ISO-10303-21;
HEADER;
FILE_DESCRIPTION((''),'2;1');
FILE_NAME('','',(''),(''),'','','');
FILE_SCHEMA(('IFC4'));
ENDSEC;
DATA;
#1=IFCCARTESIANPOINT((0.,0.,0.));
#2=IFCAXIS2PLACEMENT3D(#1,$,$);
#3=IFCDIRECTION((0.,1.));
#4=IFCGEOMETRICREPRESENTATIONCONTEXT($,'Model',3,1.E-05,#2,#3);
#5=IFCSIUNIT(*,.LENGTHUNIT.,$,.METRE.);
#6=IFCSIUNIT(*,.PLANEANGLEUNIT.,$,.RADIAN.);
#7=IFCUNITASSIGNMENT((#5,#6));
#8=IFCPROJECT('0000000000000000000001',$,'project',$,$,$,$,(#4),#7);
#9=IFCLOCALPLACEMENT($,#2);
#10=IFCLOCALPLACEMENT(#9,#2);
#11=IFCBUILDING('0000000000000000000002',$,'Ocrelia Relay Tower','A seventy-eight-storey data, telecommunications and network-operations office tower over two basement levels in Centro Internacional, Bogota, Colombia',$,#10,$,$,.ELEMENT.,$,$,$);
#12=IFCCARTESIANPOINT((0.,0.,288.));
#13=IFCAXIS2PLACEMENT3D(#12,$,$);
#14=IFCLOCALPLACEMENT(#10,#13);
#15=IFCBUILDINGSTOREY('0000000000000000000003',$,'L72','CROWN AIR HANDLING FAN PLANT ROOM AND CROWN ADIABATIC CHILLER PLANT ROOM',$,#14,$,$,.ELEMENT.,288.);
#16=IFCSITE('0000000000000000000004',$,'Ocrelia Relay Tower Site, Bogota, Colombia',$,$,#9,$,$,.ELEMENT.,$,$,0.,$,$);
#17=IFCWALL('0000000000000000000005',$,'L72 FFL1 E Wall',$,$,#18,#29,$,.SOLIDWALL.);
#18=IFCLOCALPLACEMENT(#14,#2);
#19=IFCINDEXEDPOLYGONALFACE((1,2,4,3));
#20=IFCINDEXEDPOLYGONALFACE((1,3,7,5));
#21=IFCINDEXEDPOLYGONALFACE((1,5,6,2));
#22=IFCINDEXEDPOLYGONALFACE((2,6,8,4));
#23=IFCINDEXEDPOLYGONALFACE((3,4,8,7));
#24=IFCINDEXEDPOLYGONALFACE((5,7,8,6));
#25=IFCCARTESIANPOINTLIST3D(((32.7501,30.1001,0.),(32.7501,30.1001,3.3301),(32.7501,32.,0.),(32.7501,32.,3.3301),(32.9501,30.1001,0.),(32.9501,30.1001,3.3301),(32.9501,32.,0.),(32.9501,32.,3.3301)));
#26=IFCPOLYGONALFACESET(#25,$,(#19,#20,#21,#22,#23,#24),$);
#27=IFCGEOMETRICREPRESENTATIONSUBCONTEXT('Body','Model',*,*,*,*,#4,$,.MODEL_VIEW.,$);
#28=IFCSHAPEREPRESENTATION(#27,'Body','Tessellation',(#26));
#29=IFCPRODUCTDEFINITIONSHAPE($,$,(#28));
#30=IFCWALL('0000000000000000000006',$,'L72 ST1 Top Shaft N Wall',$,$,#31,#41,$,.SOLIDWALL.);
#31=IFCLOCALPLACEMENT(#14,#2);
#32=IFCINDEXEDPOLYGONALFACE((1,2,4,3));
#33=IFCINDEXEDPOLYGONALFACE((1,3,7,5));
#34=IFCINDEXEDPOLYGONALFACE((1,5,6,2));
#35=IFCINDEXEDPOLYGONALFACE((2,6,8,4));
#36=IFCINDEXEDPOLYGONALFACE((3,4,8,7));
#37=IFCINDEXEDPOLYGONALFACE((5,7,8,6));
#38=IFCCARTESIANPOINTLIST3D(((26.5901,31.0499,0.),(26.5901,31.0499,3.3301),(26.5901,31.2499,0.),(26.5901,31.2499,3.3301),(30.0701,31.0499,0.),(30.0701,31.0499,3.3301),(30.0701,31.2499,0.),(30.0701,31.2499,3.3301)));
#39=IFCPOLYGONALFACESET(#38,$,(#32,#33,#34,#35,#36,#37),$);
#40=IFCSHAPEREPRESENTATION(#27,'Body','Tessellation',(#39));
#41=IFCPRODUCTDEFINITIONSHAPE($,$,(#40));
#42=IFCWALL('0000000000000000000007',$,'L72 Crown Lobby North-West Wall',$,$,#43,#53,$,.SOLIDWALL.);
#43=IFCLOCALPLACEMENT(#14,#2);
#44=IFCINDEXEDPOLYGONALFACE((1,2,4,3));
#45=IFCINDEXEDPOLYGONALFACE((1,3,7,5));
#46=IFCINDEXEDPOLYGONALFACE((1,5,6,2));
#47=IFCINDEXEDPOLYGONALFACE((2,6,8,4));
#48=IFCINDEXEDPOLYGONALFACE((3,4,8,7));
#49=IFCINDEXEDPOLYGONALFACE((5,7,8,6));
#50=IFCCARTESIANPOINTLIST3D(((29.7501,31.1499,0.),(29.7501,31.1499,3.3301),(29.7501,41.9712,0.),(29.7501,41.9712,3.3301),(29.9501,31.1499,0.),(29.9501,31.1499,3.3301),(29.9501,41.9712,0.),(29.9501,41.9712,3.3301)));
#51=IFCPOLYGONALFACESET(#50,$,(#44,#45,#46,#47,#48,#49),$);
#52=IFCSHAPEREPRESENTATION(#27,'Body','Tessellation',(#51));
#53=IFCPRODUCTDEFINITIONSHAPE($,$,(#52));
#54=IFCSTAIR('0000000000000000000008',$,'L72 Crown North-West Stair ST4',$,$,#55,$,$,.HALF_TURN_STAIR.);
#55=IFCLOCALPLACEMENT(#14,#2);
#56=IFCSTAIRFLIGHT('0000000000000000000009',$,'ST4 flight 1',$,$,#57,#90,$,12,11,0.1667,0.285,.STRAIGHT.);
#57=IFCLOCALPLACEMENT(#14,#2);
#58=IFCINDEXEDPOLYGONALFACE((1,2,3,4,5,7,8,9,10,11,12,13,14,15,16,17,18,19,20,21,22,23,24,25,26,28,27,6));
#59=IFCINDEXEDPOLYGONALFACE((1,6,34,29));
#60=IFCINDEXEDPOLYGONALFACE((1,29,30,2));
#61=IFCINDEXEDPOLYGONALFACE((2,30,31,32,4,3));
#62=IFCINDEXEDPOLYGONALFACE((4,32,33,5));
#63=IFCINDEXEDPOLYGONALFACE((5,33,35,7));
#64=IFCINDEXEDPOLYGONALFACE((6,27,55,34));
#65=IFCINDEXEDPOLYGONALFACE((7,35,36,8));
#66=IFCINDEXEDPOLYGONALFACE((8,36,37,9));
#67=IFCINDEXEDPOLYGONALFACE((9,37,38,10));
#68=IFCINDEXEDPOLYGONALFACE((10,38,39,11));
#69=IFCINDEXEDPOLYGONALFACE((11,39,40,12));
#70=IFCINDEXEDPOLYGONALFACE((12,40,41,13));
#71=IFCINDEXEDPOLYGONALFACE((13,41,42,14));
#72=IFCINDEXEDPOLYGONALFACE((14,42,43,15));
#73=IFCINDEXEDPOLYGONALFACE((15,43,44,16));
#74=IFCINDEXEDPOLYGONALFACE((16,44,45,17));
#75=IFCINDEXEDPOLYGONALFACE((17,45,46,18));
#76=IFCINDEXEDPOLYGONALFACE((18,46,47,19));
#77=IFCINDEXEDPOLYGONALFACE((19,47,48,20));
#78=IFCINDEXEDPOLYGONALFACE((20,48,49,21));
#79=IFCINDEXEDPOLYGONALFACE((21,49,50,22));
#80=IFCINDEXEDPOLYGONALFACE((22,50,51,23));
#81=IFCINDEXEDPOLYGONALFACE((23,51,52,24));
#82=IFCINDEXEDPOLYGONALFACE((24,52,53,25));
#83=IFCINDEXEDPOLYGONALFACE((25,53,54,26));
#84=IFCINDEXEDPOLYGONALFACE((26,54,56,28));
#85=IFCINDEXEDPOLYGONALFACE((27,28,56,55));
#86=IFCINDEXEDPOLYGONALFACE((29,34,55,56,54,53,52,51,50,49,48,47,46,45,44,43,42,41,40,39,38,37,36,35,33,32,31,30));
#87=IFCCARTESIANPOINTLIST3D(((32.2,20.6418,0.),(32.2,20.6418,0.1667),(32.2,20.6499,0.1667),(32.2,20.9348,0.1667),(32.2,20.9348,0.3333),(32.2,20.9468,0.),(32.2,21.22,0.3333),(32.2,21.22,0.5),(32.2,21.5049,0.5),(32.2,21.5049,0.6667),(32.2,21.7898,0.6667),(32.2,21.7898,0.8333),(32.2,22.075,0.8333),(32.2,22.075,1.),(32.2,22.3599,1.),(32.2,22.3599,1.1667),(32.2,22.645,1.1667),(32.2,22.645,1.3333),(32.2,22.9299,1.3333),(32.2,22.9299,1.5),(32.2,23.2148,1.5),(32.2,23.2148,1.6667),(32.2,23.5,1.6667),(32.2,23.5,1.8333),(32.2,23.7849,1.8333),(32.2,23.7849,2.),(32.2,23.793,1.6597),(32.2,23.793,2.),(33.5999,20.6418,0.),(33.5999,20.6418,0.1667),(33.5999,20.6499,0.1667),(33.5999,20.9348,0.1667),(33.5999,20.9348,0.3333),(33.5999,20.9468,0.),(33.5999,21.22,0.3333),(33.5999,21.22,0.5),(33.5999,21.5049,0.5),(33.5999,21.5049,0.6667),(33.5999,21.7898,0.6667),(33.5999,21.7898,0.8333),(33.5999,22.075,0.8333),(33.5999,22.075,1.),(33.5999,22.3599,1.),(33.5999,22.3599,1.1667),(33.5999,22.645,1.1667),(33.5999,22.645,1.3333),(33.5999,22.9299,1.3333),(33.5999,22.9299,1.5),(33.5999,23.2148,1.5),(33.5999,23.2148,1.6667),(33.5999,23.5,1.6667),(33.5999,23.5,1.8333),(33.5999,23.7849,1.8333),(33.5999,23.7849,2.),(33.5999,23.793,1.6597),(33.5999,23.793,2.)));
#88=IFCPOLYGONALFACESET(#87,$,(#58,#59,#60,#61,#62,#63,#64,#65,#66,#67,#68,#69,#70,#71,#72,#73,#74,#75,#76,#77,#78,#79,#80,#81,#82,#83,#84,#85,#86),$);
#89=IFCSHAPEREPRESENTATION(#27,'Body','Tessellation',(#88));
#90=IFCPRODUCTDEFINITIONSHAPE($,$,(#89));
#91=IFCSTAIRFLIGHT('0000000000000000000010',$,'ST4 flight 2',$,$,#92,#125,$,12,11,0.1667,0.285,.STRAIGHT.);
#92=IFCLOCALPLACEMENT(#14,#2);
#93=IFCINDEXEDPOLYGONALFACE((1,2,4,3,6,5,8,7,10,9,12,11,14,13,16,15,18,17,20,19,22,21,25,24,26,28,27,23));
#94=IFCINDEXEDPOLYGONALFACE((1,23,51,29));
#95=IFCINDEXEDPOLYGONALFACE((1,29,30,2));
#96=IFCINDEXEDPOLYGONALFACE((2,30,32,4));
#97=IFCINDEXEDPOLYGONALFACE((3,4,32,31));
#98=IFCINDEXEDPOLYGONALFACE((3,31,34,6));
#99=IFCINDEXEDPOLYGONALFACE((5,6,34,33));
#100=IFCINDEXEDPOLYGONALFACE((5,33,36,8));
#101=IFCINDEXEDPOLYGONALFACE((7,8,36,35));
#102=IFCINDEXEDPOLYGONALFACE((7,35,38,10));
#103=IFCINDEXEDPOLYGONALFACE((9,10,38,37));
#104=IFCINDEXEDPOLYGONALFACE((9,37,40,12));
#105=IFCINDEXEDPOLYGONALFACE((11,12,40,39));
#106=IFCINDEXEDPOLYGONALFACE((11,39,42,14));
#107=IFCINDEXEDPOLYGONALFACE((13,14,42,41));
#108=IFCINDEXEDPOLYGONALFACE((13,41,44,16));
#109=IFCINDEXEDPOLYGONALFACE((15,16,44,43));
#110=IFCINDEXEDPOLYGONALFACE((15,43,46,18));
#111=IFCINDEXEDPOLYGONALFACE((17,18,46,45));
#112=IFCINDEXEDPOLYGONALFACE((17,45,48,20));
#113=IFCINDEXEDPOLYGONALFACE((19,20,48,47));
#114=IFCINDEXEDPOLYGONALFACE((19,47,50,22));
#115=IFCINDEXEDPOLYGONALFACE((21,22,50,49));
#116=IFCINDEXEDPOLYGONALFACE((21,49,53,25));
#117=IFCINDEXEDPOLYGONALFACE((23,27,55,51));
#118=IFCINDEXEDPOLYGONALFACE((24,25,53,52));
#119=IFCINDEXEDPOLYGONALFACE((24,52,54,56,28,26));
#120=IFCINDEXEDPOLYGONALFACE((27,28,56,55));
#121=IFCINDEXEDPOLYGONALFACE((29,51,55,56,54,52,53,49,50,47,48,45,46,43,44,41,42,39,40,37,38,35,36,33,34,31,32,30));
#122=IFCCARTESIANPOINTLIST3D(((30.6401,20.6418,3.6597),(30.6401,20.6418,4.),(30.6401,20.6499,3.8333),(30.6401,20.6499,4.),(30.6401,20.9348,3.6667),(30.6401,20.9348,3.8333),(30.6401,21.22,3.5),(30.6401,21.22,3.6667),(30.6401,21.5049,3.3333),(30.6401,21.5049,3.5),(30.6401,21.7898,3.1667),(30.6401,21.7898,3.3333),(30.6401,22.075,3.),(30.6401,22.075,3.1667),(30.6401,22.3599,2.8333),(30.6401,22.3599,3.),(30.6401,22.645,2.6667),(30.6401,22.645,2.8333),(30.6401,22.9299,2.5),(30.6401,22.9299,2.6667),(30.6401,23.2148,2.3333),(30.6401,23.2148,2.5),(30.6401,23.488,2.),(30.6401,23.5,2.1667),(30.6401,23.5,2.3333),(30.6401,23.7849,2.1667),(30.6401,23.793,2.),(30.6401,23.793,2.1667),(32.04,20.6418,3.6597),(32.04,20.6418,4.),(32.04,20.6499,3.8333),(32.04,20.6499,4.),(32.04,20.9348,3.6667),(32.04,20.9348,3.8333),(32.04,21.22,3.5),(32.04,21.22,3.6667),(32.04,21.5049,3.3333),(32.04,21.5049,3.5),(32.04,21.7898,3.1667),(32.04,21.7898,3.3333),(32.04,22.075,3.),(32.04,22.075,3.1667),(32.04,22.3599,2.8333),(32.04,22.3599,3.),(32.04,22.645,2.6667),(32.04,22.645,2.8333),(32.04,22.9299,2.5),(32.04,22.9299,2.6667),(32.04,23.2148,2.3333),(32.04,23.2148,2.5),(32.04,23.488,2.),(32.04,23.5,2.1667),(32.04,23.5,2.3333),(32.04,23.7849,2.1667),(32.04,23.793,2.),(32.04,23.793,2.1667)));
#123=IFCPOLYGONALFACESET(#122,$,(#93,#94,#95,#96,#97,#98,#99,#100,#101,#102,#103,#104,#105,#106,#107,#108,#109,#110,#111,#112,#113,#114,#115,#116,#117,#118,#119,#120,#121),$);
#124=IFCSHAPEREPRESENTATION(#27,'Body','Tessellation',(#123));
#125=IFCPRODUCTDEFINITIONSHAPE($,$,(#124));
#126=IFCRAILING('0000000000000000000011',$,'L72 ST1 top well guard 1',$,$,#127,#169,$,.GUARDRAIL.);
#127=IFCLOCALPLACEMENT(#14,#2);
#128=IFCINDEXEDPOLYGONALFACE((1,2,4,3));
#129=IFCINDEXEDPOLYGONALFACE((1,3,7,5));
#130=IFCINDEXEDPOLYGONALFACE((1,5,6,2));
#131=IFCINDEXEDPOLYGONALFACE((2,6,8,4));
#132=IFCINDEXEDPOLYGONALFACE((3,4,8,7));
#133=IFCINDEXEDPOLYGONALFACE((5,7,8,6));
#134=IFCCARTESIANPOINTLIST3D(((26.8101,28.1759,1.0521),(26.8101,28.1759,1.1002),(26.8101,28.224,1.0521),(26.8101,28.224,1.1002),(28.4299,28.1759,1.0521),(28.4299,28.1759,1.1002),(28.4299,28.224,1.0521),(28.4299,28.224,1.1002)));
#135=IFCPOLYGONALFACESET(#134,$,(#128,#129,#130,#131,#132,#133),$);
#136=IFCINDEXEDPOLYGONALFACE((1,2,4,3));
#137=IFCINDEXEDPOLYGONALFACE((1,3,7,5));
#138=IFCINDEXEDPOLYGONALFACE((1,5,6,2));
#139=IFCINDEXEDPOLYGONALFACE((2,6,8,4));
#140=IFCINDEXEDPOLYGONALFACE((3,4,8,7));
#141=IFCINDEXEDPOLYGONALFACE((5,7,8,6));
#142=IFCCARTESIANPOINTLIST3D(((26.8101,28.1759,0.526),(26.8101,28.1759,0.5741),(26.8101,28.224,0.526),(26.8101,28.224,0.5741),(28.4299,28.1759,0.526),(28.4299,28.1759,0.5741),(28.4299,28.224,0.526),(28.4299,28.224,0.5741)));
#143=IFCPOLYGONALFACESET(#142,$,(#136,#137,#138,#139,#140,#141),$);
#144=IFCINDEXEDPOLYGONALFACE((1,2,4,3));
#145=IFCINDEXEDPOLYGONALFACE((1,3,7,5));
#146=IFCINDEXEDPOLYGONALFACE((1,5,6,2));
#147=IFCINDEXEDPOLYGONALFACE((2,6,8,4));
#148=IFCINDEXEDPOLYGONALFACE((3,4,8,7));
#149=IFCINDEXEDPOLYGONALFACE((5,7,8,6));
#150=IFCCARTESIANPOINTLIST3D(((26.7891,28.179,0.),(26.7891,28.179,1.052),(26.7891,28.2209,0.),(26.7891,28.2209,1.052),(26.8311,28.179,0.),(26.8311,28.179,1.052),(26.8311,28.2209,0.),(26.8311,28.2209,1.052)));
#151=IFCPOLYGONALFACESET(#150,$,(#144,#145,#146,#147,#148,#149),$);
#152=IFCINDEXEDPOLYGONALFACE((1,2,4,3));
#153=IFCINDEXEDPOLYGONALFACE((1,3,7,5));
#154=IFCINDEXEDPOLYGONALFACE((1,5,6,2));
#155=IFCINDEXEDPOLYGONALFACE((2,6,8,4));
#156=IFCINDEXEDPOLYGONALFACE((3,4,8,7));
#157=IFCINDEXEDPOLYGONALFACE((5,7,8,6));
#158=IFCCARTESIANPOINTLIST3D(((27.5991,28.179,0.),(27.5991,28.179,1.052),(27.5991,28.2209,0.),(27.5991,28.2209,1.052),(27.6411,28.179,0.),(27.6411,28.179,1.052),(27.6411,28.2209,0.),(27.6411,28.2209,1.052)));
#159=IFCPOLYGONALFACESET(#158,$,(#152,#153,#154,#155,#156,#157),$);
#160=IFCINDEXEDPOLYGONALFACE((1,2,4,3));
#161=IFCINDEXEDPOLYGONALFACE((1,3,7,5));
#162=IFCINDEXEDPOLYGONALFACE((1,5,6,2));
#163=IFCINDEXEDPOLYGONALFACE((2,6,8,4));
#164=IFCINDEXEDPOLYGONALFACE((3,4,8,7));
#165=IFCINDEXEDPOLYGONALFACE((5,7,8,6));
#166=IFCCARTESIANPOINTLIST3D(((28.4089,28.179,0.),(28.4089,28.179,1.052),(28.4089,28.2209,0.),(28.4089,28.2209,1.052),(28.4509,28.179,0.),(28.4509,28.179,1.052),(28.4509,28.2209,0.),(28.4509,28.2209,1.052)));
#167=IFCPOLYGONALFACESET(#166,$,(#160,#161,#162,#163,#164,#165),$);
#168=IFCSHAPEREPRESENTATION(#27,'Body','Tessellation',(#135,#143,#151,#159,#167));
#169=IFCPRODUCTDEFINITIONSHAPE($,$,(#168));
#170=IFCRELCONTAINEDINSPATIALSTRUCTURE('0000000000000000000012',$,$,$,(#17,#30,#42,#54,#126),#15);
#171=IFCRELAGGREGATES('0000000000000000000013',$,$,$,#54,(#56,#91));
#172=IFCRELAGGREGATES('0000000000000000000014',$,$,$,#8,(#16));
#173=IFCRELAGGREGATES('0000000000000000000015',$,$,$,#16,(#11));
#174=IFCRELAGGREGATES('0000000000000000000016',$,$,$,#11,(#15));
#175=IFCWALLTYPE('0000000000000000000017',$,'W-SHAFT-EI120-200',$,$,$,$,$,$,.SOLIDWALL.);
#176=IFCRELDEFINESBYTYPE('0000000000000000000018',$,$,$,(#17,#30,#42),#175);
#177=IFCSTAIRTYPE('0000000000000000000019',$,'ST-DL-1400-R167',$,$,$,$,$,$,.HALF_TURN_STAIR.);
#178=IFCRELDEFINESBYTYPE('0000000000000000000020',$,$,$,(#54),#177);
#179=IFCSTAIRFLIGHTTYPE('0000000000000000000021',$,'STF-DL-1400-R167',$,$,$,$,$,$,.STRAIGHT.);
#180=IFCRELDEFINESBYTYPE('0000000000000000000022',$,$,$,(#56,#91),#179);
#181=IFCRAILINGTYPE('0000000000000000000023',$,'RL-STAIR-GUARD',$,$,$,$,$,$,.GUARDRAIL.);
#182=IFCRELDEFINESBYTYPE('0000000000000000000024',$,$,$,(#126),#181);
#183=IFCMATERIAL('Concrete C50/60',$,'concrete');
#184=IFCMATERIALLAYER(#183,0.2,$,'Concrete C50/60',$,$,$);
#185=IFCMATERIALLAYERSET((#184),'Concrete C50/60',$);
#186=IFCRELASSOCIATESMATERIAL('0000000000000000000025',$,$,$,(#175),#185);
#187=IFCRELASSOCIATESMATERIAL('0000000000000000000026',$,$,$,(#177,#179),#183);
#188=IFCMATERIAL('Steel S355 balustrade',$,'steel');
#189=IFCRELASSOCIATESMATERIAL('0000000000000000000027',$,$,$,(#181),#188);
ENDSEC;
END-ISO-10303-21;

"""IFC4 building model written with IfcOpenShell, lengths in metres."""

from ifc_helpers import new_model, si_unit, direction, frame, frame_2d, origin, origin_2d, place, context, subcontext, project, spatial, polyline, rectangle, outline, extrude, material, layer, layer_set, type_object, element, aggregate, save


model = new_model("IFC4")

# Units and contexts
model_context = context("Model", 3, precision=1e-05, world=origin(), true_north=direction((0.0, 1.0)))
body_context = subcontext(model_context, "Body", "Model", "MODEL_VIEW")
ifc_project = project(units=[si_unit("LENGTHUNIT", "METRE"), si_unit("PLANEANGLEUNIT", "RADIAN")], contexts=[model_context])

# Site, building, storey
site_placement = place(None, origin())
site = spatial("IfcSite", under=ifc_project, at=site_placement, Name="Ocrelia Relay Tower Site, Bogota, Colombia", CompositionType="ELEMENT", RefElevation=0.0)
building_placement = place(site_placement, origin())
building = spatial("IfcBuilding", under=site, at=building_placement, Name="Ocrelia Relay Tower", Description="A seventy-eight-storey data, telecommunications and network-operations office tower over two basement levels in Centro Internacional, Bogota, Colombia", CompositionType="ELEMENT")
storey_placement = place(building_placement, frame((0.0, 0.0, 288.0)))
storey = spatial("IfcBuildingStorey", under=building, at=storey_placement, Name="L72", Description="CROWN AIR HANDLING FAN PLANT ROOM AND CROWN ADIABATIC CHILLER PLANT ROOM", CompositionType="ELEMENT", Elevation=288.0)

# Shared definitions
ifc_material_1 = material(Name="Concrete C50/60", Category="concrete")

# Shared definitions
ifc_layer_1 = layer(ifc_material_1, 0.2, Name="Concrete C50/60")
ifc_layer_set_1 = layer_set([ifc_layer_1], Name="Concrete C50/60")
wall_type_1 = type_object("IfcWallType", Name="W-SHAFT-EI120-200", PredefinedType="SOLIDWALL", material=ifc_layer_set_1)

# Walls
for number, where, z_axis, x_axis, name in (
    (1, (32.8501, 30.1001, 0.0), (0.0, 0.0, 1.0), (0.0, 1.0, 0.0), "L72 FFL1 E Wall"),
):
    element("IfcWall", number, at=place(storey_placement, frame(where, z_axis=z_axis, x_axis=x_axis)), inside=storey, type_object=wall_type_1, Name=name, PredefinedType="SOLIDWALL", context=body_context, shape_type="SweptSolid", body=[
        extrude(rectangle(XDim=1.8999, YDim=0.2, at=frame_2d((0.95, 0.0))), origin(), (0.0, 0.0, 1.0), 3.3301),
    ])
wall_1_placement = place(storey_placement, frame((26.5901, 31.1499, 0.0), z_axis=(0.0, 0.0, 1.0), x_axis=(1.0, 0.0, 0.0)))
element("IfcWall", 2, at=wall_1_placement, inside=storey, type_object=wall_type_1, Name="L72 ST1 Top Shaft N Wall", PredefinedType="SOLIDWALL", context=body_context, shape_type="SweptSolid", body=[
    extrude(rectangle(XDim=3.48, YDim=0.2, at=frame_2d((1.74, 0.0))), origin(), (0.0, 0.0, 1.0), 3.3301),
])
wall_2_placement = place(storey_placement, frame((29.8501, 31.1499, 0.0), z_axis=(0.0, 0.0, 1.0), x_axis=(0.0, 1.0, 0.0)))
element("IfcWall", 3, at=wall_2_placement, inside=storey, type_object=wall_type_1, Name="L72 Crown Lobby North-West Wall", PredefinedType="SOLIDWALL", context=body_context, shape_type="SweptSolid", body=[
    extrude(rectangle(XDim=10.8213, YDim=0.2, at=frame_2d((5.4106, 0.0))), origin(), (0.0, 0.0, 1.0), 3.3301),
])

# Stair, stair flights
stair_type = type_object("IfcStairType", Name="ST-DL-1400-R167", PredefinedType="HALF_TURN_STAIR", material=ifc_material_1)
stair_placement = place(storey_placement, origin())
stair = element("IfcStair", 4, at=stair_placement, inside=storey, type_object=stair_type, Name="L72 Crown North-West Stair ST4", PredefinedType="HALF_TURN_STAIR")
stair_flight_type = type_object("IfcStairFlightType", Name="STF-DL-1400-R167", PredefinedType="STRAIGHT", material=ifc_material_1)
stair_flight_1_placement = place(storey_placement, frame((32.8999, 20.6499, 0.0), z_axis=(0.0, 0.0, 1.0), x_axis=(0.0, 1.0, 0.0)))
stair_flight_1 = element("IfcStairFlight", 5, at=stair_flight_1_placement, type_object=stair_flight_type, Name="ST4 flight 1", NumberOfRisers=12, NumberOfTreads=11, PredefinedType="STRAIGHT", RiserHeight=0.1667, TreadLength=0.285, context=body_context, shape_type="SweptSolid", body=[
    extrude(outline(polyline([(-0.0081, 0.0), (-0.0081, 0.1667), (0.0, 0.1667), (0.2849, 0.1667), (0.2849, 0.3333), (0.5701, 0.3333), (0.5701, 0.5), (0.855, 0.5), (0.855, 0.6667), (1.1399, 0.6667), (1.1399, 0.8333), (1.425, 0.8333), (1.425, 1.0), (1.71, 1.0), (1.71, 1.1667), (1.9951, 1.1667), (1.9951, 1.3333), (2.28, 1.3333), (2.28, 1.5), (2.5649, 1.5), (2.5649, 1.6667), (2.8501, 1.6667), (2.8501, 1.8333), (3.135, 1.8333), (3.135, 2.0), (3.1431, 2.0), (3.1431, 1.6597), (0.2969, 0.0), (-0.0081, 0.0)])), frame((0.0, 0.7, 0.0), z_axis=(0.0, -1.0, 0.0), x_axis=(1.0, 0.0, 0.0)), (0.0, 0.0, 1.0), 1.3999),
])
stair_flight_2_placement = place(storey_placement, frame((31.3401, 23.7849, 2.0), z_axis=(0.0, 0.0, 1.0), x_axis=(0.0, -1.0, 0.0)))
stair_flight_2 = element("IfcStairFlight", 6, at=stair_flight_2_placement, type_object=stair_flight_type, Name="ST4 flight 2", NumberOfRisers=12, NumberOfTreads=11, PredefinedType="STRAIGHT", RiserHeight=0.1667, TreadLength=0.285, context=body_context, shape_type="SweptSolid", body=[
    extrude(outline(polyline([(-0.0081, 0.0), (-0.0081, 0.1667), (0.0, 0.1667), (0.2849, 0.1667), (0.2849, 0.3333), (0.5701, 0.3333), (0.5701, 0.5), (0.855, 0.5), (0.855, 0.6667), (1.1399, 0.6667), (1.1399, 0.8333), (1.425, 0.8333), (1.425, 1.0), (1.71, 1.0), (1.71, 1.1667), (1.9951, 1.1667), (1.9951, 1.3333), (2.28, 1.3333), (2.28, 1.5), (2.5649, 1.5), (2.5649, 1.6667), (2.8501, 1.6667), (2.8501, 1.8333), (3.135, 1.8333), (3.135, 2.0), (3.1431, 2.0), (3.1431, 1.6597), (0.2969, 0.0), (-0.0081, 0.0)])), frame((0.0, 0.7, 0.0), z_axis=(0.0, -1.0, 0.0), x_axis=(1.0, 0.0, 0.0)), (0.0, 0.0, 1.0), 1.3999),
])
aggregate(stair, [stair_flight_1, stair_flight_2])

# Railing
ifc_material_2 = material(Name="Steel S355 balustrade", Category="steel")
railing_type_1 = type_object("IfcRailingType", Name="RL-STAIR-GUARD", PredefinedType="GUARDRAIL", material=ifc_material_2)
railing_1_placement = place(storey_placement, frame((26.8101, 28.2, 0.0)))
element("IfcRailing", 7, at=railing_1_placement, inside=storey, type_object=railing_type_1, Name="L72 ST1 top well guard 1", PredefinedType="GUARDRAIL", context=body_context, shape_type="SweptSolid", body=[
    extrude(rectangle(XDim=0.0481, YDim=0.0481, at=origin_2d()), frame((0.0, 0.0, 1.0762), z_axis=(1.0, 0.0, 0.0), x_axis=(0.0, 1.0, 0.0)), (0.0, 0.0, 1.0), 1.6199),
    extrude(rectangle(XDim=0.0481, YDim=0.0481, at=origin_2d()), frame((0.0, 0.0, 0.55), z_axis=(1.0, 0.0, 0.0), x_axis=(0.0, 1.0, 0.0)), (0.0, 0.0, 1.0), 1.6199),
    extrude(rectangle(XDim=0.042, YDim=0.042, at=origin_2d()), origin(), (0.0, 0.0, 1.0), 1.052),
    extrude(rectangle(XDim=0.042, YDim=0.042, at=origin_2d()), frame((0.8101, 0.0, 0.0)), (0.0, 0.0, 1.0), 1.052),
    extrude(rectangle(XDim=0.042, YDim=0.042, at=origin_2d()), frame((1.6199, 0.0, 0.0)), (0.0, 0.0, 1.0), 1.052),
])

save(model, "model.ifc")
